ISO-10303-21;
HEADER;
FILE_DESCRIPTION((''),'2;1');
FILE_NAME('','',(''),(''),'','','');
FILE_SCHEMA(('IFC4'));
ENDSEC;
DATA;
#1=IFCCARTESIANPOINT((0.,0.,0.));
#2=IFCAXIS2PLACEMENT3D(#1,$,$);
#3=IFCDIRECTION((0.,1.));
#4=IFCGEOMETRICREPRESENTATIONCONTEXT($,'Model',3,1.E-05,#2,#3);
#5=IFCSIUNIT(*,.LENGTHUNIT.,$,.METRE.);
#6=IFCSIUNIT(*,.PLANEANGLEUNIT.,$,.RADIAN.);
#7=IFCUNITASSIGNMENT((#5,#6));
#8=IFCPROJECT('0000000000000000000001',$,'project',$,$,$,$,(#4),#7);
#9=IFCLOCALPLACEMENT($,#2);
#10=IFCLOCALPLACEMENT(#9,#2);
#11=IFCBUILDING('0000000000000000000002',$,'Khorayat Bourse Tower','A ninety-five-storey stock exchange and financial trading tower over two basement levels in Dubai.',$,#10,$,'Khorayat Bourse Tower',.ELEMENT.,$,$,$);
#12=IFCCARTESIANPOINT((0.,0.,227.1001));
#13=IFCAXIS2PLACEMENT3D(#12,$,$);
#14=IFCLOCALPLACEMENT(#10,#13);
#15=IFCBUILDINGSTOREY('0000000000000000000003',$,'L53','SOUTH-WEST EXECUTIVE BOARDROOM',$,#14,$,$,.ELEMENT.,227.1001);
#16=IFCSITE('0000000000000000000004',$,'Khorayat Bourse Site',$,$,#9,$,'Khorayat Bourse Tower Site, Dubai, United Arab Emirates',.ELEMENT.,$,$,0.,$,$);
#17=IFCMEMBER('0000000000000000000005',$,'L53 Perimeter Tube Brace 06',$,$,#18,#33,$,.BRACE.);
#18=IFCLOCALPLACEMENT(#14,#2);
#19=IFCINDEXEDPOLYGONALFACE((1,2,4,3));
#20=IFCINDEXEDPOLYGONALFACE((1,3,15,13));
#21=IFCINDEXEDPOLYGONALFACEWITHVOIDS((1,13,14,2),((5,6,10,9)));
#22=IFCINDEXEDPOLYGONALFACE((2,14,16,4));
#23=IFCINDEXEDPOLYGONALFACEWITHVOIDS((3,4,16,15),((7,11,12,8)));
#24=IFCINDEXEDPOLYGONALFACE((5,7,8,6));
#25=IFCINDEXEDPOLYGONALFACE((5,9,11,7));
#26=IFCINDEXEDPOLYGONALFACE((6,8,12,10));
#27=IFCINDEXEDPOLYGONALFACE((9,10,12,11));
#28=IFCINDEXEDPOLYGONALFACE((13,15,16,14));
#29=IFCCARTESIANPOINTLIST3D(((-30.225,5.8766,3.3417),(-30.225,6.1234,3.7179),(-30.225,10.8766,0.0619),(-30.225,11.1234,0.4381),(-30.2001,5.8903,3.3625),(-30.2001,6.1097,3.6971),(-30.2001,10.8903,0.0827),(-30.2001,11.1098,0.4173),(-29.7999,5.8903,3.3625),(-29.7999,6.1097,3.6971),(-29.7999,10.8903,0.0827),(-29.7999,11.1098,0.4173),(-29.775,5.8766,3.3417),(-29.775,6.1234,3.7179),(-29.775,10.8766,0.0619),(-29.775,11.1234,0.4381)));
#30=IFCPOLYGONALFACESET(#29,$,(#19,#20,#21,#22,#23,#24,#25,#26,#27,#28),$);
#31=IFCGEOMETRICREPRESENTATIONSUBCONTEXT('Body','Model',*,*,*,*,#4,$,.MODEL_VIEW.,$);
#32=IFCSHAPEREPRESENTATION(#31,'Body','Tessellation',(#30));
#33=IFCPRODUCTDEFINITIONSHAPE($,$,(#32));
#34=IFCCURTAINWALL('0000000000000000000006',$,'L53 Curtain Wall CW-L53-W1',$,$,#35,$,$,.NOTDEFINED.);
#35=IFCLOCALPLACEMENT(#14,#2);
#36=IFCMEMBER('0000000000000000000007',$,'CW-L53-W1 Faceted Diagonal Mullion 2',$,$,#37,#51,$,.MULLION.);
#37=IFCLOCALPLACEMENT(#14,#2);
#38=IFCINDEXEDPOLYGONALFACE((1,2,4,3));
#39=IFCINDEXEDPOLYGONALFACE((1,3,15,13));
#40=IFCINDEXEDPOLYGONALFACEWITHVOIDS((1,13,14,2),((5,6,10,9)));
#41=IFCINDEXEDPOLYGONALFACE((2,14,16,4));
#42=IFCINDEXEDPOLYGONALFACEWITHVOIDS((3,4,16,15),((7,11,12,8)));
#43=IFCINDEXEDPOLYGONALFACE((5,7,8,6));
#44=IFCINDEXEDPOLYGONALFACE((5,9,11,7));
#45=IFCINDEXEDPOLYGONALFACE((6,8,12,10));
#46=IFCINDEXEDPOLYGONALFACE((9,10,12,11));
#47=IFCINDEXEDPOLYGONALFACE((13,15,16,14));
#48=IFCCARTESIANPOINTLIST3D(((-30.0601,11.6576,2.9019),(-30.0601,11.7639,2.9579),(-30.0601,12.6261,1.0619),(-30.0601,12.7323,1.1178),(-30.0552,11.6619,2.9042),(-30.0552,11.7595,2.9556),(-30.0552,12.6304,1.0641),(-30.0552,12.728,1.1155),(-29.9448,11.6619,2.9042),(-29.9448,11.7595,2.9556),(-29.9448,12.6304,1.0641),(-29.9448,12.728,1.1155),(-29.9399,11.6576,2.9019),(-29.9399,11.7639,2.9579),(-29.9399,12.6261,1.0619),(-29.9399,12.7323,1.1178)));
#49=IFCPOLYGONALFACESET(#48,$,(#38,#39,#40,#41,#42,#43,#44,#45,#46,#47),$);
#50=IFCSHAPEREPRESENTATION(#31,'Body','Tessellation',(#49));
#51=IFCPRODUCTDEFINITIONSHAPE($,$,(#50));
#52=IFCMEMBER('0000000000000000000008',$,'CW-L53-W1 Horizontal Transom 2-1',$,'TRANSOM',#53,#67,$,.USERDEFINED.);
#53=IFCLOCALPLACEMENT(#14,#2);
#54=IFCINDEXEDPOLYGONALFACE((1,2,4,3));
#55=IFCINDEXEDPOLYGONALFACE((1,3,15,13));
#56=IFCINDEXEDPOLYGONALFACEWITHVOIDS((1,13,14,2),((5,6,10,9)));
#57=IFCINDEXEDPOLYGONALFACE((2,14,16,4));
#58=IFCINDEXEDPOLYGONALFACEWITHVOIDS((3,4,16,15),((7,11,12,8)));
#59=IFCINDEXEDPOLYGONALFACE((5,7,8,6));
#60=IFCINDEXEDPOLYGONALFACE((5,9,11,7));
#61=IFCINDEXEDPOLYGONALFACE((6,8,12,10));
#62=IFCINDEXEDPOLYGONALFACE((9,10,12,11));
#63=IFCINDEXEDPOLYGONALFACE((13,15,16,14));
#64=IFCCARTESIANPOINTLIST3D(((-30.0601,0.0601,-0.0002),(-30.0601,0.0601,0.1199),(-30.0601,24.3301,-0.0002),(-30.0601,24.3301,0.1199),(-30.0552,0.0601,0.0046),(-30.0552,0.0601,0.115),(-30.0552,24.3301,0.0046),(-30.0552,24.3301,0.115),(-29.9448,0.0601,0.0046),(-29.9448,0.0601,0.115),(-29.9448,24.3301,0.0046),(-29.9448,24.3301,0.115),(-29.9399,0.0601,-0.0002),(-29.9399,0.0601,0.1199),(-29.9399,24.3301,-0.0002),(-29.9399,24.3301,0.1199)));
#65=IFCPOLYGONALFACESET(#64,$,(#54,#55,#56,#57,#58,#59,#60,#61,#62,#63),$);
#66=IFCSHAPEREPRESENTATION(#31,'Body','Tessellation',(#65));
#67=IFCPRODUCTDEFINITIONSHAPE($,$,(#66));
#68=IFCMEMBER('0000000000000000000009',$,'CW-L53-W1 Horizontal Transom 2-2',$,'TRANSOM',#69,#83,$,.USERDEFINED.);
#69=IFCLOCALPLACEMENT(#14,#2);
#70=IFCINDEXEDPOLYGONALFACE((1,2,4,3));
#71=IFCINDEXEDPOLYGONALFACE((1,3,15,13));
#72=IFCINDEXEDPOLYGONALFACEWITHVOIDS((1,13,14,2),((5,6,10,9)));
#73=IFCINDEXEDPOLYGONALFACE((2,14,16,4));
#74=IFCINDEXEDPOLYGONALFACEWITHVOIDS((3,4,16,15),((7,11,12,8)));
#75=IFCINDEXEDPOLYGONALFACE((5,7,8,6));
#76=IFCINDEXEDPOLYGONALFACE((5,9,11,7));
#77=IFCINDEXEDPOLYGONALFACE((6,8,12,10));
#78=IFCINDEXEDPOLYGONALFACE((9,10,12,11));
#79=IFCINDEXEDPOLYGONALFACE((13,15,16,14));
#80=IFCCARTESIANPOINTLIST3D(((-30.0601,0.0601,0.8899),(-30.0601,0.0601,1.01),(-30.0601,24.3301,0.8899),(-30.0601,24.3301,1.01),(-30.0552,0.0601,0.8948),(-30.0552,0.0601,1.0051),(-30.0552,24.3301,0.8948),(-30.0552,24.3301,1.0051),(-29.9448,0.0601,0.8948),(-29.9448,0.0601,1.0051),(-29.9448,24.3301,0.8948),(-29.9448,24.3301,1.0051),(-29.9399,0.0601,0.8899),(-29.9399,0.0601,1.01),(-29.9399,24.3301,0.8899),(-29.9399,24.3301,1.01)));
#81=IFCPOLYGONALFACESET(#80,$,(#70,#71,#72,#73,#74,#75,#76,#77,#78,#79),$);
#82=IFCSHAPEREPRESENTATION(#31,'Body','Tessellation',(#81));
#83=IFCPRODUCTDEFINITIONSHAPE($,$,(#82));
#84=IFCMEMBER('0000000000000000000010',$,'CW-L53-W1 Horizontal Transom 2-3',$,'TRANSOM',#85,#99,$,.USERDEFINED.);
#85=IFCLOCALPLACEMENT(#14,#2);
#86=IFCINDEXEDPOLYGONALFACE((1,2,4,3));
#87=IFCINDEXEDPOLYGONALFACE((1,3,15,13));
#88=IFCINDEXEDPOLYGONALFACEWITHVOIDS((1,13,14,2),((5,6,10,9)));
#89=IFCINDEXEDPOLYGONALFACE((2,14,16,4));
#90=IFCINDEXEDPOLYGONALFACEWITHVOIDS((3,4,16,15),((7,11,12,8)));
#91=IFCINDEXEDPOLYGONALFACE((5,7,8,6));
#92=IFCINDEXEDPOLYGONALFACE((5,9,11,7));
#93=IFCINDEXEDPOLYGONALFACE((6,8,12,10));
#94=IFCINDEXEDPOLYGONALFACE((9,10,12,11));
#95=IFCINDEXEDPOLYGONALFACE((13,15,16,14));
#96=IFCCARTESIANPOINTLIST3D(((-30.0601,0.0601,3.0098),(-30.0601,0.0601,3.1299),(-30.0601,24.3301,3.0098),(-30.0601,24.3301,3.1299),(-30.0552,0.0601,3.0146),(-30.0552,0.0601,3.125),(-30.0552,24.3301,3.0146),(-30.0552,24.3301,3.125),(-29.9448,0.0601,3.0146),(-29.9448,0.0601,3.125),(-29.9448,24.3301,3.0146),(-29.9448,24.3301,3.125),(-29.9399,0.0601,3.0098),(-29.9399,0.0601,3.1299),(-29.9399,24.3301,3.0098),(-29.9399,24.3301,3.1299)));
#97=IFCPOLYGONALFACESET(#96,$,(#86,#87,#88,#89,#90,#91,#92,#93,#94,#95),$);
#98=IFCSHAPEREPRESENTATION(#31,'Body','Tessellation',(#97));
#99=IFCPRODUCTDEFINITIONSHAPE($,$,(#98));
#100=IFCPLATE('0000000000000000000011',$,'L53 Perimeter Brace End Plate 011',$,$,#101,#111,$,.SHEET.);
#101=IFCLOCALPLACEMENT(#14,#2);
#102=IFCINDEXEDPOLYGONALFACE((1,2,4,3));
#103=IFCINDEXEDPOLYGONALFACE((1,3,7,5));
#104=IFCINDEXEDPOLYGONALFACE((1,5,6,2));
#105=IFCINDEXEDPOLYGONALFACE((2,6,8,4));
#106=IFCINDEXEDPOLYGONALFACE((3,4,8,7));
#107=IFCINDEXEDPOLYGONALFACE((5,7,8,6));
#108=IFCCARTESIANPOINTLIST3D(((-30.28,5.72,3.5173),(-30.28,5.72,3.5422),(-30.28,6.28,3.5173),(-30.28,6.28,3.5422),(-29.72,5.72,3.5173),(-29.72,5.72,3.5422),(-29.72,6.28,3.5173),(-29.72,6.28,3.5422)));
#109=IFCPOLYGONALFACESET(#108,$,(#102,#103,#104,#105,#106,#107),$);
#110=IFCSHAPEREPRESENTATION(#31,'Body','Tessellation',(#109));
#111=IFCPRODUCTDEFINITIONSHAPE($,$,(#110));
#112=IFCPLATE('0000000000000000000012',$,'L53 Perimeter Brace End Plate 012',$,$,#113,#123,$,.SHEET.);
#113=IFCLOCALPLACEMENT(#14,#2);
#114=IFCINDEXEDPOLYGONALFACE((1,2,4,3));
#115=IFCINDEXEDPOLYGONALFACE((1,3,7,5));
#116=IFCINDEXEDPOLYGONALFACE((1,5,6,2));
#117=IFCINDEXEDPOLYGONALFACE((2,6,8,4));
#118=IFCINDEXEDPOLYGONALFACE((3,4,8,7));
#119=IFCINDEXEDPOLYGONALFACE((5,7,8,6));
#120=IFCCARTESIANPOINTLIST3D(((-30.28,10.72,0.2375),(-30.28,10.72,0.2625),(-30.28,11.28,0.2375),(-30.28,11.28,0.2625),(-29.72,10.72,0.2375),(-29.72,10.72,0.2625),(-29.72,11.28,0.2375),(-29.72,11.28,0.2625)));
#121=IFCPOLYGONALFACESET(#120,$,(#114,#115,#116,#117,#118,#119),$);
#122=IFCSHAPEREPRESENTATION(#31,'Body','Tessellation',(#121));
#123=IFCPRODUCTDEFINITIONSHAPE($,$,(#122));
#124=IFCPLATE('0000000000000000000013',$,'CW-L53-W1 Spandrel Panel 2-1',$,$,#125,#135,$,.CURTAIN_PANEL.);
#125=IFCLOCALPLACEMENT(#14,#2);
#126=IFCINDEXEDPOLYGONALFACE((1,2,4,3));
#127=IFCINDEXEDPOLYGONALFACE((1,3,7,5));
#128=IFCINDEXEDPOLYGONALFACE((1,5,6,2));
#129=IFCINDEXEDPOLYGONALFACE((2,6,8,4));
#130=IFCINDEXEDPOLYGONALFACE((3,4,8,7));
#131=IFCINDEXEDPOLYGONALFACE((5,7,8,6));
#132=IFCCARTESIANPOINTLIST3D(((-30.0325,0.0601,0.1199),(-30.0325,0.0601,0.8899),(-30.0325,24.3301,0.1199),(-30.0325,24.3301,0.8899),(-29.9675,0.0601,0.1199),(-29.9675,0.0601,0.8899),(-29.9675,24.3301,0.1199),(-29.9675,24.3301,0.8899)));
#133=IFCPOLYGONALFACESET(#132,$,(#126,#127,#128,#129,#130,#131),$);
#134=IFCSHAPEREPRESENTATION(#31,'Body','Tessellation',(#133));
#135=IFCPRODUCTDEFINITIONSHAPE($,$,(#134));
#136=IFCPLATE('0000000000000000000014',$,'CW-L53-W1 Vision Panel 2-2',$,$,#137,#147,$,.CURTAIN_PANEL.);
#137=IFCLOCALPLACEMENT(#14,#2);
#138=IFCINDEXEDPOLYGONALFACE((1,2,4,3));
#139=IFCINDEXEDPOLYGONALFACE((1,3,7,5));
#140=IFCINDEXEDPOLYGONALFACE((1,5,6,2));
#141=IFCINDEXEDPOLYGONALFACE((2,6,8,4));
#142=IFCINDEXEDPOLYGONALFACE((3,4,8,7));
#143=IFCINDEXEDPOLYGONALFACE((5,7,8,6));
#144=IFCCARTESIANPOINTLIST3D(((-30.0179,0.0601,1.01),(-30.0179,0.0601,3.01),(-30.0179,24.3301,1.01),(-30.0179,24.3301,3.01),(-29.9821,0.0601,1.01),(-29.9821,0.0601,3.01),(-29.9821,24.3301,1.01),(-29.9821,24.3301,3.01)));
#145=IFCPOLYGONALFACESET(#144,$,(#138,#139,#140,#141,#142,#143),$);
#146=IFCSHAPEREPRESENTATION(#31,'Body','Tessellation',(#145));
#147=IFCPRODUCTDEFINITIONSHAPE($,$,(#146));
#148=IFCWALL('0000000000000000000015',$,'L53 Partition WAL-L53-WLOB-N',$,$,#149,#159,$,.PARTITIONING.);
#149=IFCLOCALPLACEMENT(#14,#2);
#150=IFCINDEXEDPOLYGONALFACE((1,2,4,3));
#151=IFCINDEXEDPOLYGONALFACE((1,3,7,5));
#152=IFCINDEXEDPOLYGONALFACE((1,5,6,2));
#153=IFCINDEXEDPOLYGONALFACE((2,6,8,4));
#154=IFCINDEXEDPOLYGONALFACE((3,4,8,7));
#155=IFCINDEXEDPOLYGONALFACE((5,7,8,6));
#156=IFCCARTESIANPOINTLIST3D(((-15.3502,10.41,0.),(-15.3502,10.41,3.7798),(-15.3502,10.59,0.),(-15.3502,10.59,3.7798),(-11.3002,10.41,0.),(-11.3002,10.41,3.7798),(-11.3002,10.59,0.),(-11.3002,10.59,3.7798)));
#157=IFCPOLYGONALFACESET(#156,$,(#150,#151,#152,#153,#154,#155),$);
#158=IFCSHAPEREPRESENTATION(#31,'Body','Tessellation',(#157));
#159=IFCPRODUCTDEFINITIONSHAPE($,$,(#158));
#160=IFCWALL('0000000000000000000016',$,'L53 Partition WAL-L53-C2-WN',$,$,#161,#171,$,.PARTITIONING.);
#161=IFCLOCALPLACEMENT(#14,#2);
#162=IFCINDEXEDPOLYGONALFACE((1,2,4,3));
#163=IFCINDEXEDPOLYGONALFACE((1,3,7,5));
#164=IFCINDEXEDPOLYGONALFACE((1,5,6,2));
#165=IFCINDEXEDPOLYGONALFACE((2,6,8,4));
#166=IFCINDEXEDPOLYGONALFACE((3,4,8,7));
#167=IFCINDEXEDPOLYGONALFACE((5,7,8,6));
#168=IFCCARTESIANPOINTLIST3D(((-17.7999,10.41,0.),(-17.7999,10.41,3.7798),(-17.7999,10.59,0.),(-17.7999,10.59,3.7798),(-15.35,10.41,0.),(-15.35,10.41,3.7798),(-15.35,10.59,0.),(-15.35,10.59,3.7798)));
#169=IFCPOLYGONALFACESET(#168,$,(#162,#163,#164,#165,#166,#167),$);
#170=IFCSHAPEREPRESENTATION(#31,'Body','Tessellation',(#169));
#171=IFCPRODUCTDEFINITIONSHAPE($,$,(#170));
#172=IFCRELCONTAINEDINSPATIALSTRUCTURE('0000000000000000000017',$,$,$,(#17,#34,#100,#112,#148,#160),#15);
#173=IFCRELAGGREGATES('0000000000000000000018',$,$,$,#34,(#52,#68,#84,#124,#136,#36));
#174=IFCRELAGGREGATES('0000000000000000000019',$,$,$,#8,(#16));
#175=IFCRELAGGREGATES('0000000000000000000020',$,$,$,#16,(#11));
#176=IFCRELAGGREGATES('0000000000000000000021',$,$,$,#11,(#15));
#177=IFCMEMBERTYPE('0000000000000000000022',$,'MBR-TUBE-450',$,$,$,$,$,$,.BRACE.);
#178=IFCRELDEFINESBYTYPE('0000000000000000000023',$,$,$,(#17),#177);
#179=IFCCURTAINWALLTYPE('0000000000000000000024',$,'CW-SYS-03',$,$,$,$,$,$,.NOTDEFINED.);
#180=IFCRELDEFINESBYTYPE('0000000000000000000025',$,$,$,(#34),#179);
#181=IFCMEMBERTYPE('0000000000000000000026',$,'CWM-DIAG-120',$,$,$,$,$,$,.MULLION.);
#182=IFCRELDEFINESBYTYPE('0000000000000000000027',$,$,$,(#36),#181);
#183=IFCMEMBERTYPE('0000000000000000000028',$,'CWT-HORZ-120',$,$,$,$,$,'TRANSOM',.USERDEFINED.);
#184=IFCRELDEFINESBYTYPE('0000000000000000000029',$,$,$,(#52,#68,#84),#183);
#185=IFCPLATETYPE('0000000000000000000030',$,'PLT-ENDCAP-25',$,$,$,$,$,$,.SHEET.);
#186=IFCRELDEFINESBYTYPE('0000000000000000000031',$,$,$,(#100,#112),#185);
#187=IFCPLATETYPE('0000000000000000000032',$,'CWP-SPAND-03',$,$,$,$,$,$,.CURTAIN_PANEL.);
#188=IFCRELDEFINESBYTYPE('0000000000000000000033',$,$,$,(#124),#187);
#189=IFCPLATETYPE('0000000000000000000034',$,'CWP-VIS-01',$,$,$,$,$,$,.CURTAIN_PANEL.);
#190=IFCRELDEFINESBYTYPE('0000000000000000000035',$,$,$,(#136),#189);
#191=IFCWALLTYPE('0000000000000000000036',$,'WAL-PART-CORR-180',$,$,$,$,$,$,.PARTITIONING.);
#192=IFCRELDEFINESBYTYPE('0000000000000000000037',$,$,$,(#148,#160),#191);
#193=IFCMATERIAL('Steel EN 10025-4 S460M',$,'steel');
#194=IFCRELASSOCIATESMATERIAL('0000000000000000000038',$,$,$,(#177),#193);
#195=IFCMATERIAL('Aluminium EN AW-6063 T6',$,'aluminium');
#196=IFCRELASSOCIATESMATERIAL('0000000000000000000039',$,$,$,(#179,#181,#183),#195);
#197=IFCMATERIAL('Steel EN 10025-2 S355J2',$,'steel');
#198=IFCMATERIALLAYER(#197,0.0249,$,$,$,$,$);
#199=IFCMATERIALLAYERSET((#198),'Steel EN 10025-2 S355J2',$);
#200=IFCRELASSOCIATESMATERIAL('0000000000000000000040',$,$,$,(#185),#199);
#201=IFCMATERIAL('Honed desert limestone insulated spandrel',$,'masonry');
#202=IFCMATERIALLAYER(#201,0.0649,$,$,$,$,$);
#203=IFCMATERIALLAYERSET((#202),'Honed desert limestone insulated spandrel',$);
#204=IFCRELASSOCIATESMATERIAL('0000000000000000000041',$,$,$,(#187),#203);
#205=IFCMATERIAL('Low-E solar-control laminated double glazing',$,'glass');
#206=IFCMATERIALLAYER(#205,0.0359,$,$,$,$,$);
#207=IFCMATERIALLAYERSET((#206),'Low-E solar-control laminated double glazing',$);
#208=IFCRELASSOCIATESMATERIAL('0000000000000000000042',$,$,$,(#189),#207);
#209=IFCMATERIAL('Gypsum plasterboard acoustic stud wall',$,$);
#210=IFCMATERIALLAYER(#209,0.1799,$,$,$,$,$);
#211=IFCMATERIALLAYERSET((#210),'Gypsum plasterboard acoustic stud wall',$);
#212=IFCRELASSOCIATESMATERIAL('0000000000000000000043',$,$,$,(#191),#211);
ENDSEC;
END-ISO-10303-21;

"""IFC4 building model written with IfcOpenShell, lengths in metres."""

from ifc_helpers import new_model, si_unit, direction, frame, frame_2d, origin, origin_2d, place, context, subcontext, project, spatial, rectangle, hollow_rectangle, extrude, source, transform, mapped, material, layer, layer_set, material_profile, profile_set, type_object, element, aggregate, save


model = new_model("IFC4")

# Units and contexts
model_context = context("Model", 3, precision=1e-05, world=origin(), true_north=direction((0.0, 1.0)))
body_context = subcontext(model_context, "Body", "Model", "MODEL_VIEW")
ifc_project = project(units=[si_unit("LENGTHUNIT", "METRE"), si_unit("PLANEANGLEUNIT", "RADIAN")], contexts=[model_context])

# Site, building, storey
site_placement = place(None, origin())
site = spatial("IfcSite", under=ifc_project, at=site_placement, Name="Khorayat Bourse Site", LongName="Khorayat Bourse Tower Site, Dubai, United Arab Emirates", CompositionType="ELEMENT", RefElevation=0.0)
building_placement = place(site_placement, origin())
building = spatial("IfcBuilding", under=site, at=building_placement, Name="Khorayat Bourse Tower", Description="A ninety-five-storey stock exchange and financial trading tower over two basement levels in Dubai.", LongName="Khorayat Bourse Tower", CompositionType="ELEMENT")
storey_placement = place(building_placement, frame((0.0, 0.0, 227.1001)))
storey = spatial("IfcBuildingStorey", under=building, at=storey_placement, Name="L53", Description="SOUTH-WEST EXECUTIVE BOARDROOM", CompositionType="ELEMENT", Elevation=227.1001)

# Shared definitions
ifc_material_1 = material(Name="Steel EN 10025-4 S460M", Category="steel")

# Member
ifc_material_profile_1 = material_profile(ifc_material_1, hollow_rectangle(XDim=0.45, YDim=0.45, WallThickness=0.0249, at=origin_2d()), Name="HSS 450x450x25")
ifc_profile_set_1 = profile_set([ifc_material_profile_1], Name="Steel EN 10025-4 S460M")
member_type_1 = type_object("IfcMemberType", Name="MBR-TUBE-450", PredefinedType="BRACE", material=ifc_profile_set_1)
shared_shape_1 = source(origin(), body_context, "Body", "SweptSolid", [
    extrude(hollow_rectangle(XDim=0.45, YDim=0.45, WallThickness=0.0249, at=origin_2d()), origin(), (0.0, 0.0, 1.0), 5.9797),
])
member_1_placement = place(storey_placement, frame((-30.0, 6.0, 3.5298), z_axis=(0.0, 0.83616, -0.548485), x_axis=(-1.0, 0.0, 0.0)))
element("IfcMember", 1, at=member_1_placement, inside=storey, type_object=member_type_1, Name="L53 Perimeter Tube Brace 06", PredefinedType="BRACE", context=body_context, shape_type="MappedRepresentation", body=[
    mapped(shared_shape_1, transform((0.0, 0.0, 0.0), scale=1.0)),
])

# Curtain wall, members
ifc_material_2 = material(Name="Aluminium EN AW-6063 T6", Category="aluminium")
curtain_wall_type = type_object("IfcCurtainWallType", Name="CW-SYS-03", PredefinedType="NOTDEFINED", material=ifc_material_2)
curtain_wall_placement = place(storey_placement, origin())
curtain_wall = element("IfcCurtainWall", 2, at=curtain_wall_placement, inside=storey, type_object=curtain_wall_type, Name="L53 Curtain Wall CW-L53-W1", PredefinedType="NOTDEFINED")
ifc_material_profile_2 = material_profile(ifc_material_2, hollow_rectangle(XDim=0.1201, YDim=0.1201, WallThickness=0.0049, at=origin_2d()), Name="ALU 120x120x5")
ifc_profile_set_2 = profile_set([ifc_material_profile_2], Name="Aluminium EN AW-6063 T6")
member_type_2 = type_object("IfcMemberType", Name="CWM-DIAG-120", PredefinedType="MULLION", material=ifc_profile_set_2)
shared_shape_2 = source(origin(), body_context, "Body", "SweptSolid", [
    extrude(hollow_rectangle(XDim=0.1201, YDim=0.1201, WallThickness=0.0049, at=origin_2d()), origin(), (0.0, 0.0, 1.0), 2.0793),
])
member_2_placement = place(storey_placement, frame((-30.0, 12.6792, 1.0898), z_axis=(0.0, -0.465761, 0.884911), x_axis=(1.0, 0.0, 0.0)))
member_2 = element("IfcMember", 3, at=member_2_placement, type_object=member_type_2, Name="CW-L53-W1 Faceted Diagonal Mullion 2", PredefinedType="MULLION", context=body_context, shape_type="MappedRepresentation", body=[
    mapped(shared_shape_2, transform((0.0, 0.0, 0.0), scale=1.0)),
])
ifc_material_profile_3 = material_profile(ifc_material_2, hollow_rectangle(XDim=0.1201, YDim=0.1201, WallThickness=0.0049, at=origin_2d()), Name="ALU 120x120x5")
ifc_profile_set_3 = profile_set([ifc_material_profile_3], Name="Aluminium EN AW-6063 T6")
member_type_3 = type_object("IfcMemberType", Name="CWT-HORZ-120", ElementType="TRANSOM", PredefinedType="USERDEFINED", material=ifc_profile_set_3)
shared_shape_3 = source(origin(), body_context, "Body", "SweptSolid", [
    extrude(hollow_rectangle(XDim=0.1201, YDim=0.1201, WallThickness=0.0049, at=origin_2d()), origin(), (0.0, 0.0, 1.0), 24.27),
])
member_3_placement = place(storey_placement, frame((-30.0, 0.0601, 0.0598), z_axis=(0.0, 1.0, 0.0), x_axis=(-1.0, 0.0, 0.0)))
member_3 = element("IfcMember", 4, at=member_3_placement, type_object=member_type_3, Name="CW-L53-W1 Horizontal Transom 2-1", ObjectType="TRANSOM", PredefinedType="USERDEFINED", context=body_context, shape_type="MappedRepresentation", body=[
    mapped(shared_shape_3, transform((0.0, 0.0, 0.0), scale=1.0)),
])
member_4_placement = place(storey_placement, frame((-30.0, 0.0601, 0.95), z_axis=(0.0, 1.0, 0.0), x_axis=(-1.0, 0.0, 0.0)))
member_4 = element("IfcMember", 5, at=member_4_placement, type_object=member_type_3, Name="CW-L53-W1 Horizontal Transom 2-2", ObjectType="TRANSOM", PredefinedType="USERDEFINED", context=body_context, shape_type="MappedRepresentation", body=[
    mapped(shared_shape_3, transform((0.0, 0.0, 0.0), scale=1.0)),
])
member_5_placement = place(storey_placement, frame((-30.0, 0.0601, 3.0698), z_axis=(0.0, 1.0, 0.0), x_axis=(-1.0, 0.0, 0.0)))
member_5 = element("IfcMember", 6, at=member_5_placement, type_object=member_type_3, Name="CW-L53-W1 Horizontal Transom 2-3", ObjectType="TRANSOM", PredefinedType="USERDEFINED", context=body_context, shape_type="MappedRepresentation", body=[
    mapped(shared_shape_3, transform((0.0, 0.0, 0.0), scale=1.0)),
])

# Plates
ifc_material_3 = material(Name="Steel EN 10025-2 S355J2", Category="steel")
ifc_layer_1 = layer(ifc_material_3, 0.0249)
ifc_layer_set_1 = layer_set([ifc_layer_1], Name="Steel EN 10025-2 S355J2")
plate_type_1 = type_object("IfcPlateType", Name="PLT-ENDCAP-25", PredefinedType="SHEET", material=ifc_layer_set_1)
shared_shape_4 = source(origin(), body_context, "Body", "SweptSolid", [
    extrude(rectangle(XDim=0.5601, YDim=0.5601, at=origin_2d()), origin(), (0.0, 0.0, 1.0), 0.0249),
])
for number, where, z_axis, x_axis, name in (
    (7, (-30.0, 6.0, 3.5173), (0.0, 0.0, 1.0), (1.0, 0.0, 0.0), "L53 Perimeter Brace End Plate 011"),
    (8, (-30.0, 11.0, 0.2375), (0.0, 0.0, 1.0), (1.0, 0.0, 0.0), "L53 Perimeter Brace End Plate 012"),
):
    element("IfcPlate", number, at=place(storey_placement, frame(where, z_axis=z_axis, x_axis=x_axis)), inside=storey, type_object=plate_type_1, Name=name, PredefinedType="SHEET", context=body_context, shape_type="MappedRepresentation", body=[
        mapped(shared_shape_4, transform((0.0, 0.0, 0.0), scale=1.0)),
    ])

# Plates
ifc_material_4 = material(Name="Honed desert limestone insulated spandrel", Category="masonry")
ifc_layer_2 = layer(ifc_material_4, 0.0649)
ifc_layer_set_2 = layer_set([ifc_layer_2], Name="Honed desert limestone insulated spandrel")
plate_type_2 = type_object("IfcPlateType", Name="CWP-SPAND-03", PredefinedType="CURTAIN_PANEL", material=ifc_layer_set_2)
shared_shape_5 = source(origin(), body_context, "Body", "SweptSolid", [
    extrude(rectangle(XDim=24.27, YDim=0.0649, at=origin_2d()), origin(), (0.0, 0.0, 1.0), 0.77),
])
plate_1_placement = place(storey_placement, frame((-30.0, 12.1951, 0.1199), z_axis=(0.0, 0.0, 1.0), x_axis=(0.0, 1.0, 0.0)))
plate_1 = element("IfcPlate", 9, at=plate_1_placement, type_object=plate_type_2, Name="CW-L53-W1 Spandrel Panel 2-1", PredefinedType="CURTAIN_PANEL", context=body_context, shape_type="MappedRepresentation", body=[
    mapped(shared_shape_5, transform((0.0, 0.0, 0.0), scale=1.0)),
])
ifc_material_5 = material(Name="Low-E solar-control laminated double glazing", Category="glass")
ifc_layer_3 = layer(ifc_material_5, 0.0359)
ifc_layer_set_3 = layer_set([ifc_layer_3], Name="Low-E solar-control laminated double glazing")
plate_type_3 = type_object("IfcPlateType", Name="CWP-VIS-01", PredefinedType="CURTAIN_PANEL", material=ifc_layer_set_3)
shared_shape_6 = source(origin(), body_context, "Body", "SweptSolid", [
    extrude(rectangle(XDim=24.27, YDim=0.0359, at=origin_2d()), origin(), (0.0, 0.0, 1.0), 2.0),
])
plate_2_placement = place(storey_placement, frame((-30.0, 12.1951, 1.01), z_axis=(0.0, 0.0, 1.0), x_axis=(0.0, 1.0, 0.0)))
plate_2 = element("IfcPlate", 10, at=plate_2_placement, type_object=plate_type_3, Name="CW-L53-W1 Vision Panel 2-2", PredefinedType="CURTAIN_PANEL", context=body_context, shape_type="MappedRepresentation", body=[
    mapped(shared_shape_6, transform((0.0, 0.0, 0.0), scale=1.0)),
])
aggregate(curtain_wall, [member_3, member_4, member_5, plate_1, plate_2, member_2])

# Walls
ifc_material_6 = material(Name="Gypsum plasterboard acoustic stud wall")
ifc_layer_4 = layer(ifc_material_6, 0.1799)
ifc_layer_set_4 = layer_set([ifc_layer_4], Name="Gypsum plasterboard acoustic stud wall")
wall_type = type_object("IfcWallType", Name="WAL-PART-CORR-180", PredefinedType="PARTITIONING", material=ifc_layer_set_4)
shared_shape_7 = source(origin(), body_context, "Body", "SweptSolid", [
    extrude(rectangle(XDim=4.05, YDim=0.1799, at=frame_2d((2.0249, 0.0))), origin(), (0.0, 0.0, 1.0), 3.7798),
])
wall_1_placement = place(storey_placement, frame((-15.3501, 10.5, 0.0), z_axis=(0.0, 0.0, 1.0), x_axis=(1.0, 0.0, 0.0)))
element("IfcWall", 11, at=wall_1_placement, inside=storey, type_object=wall_type, Name="L53 Partition WAL-L53-WLOB-N", PredefinedType="PARTITIONING", context=body_context, shape_type="MappedRepresentation", body=[
    mapped(shared_shape_7, transform((0.0, 0.0, 0.0), scale=1.0)),
])
shared_shape_8 = source(origin(), body_context, "Body", "SweptSolid", [
    extrude(rectangle(XDim=2.45, YDim=0.1799, at=frame_2d((1.2251, 0.0))), origin(), (0.0, 0.0, 1.0), 3.7798),
])
wall_2_placement = place(storey_placement, frame((-17.8, 10.5, 0.0), z_axis=(0.0, 0.0, 1.0), x_axis=(1.0, 0.0, 0.0)))
element("IfcWall", 12, at=wall_2_placement, inside=storey, type_object=wall_type, Name="L53 Partition WAL-L53-C2-WN", PredefinedType="PARTITIONING", context=body_context, shape_type="MappedRepresentation", body=[
    mapped(shared_shape_8, transform((0.0, 0.0, 0.0), scale=1.0)),
])

save(model, "model.ifc")
